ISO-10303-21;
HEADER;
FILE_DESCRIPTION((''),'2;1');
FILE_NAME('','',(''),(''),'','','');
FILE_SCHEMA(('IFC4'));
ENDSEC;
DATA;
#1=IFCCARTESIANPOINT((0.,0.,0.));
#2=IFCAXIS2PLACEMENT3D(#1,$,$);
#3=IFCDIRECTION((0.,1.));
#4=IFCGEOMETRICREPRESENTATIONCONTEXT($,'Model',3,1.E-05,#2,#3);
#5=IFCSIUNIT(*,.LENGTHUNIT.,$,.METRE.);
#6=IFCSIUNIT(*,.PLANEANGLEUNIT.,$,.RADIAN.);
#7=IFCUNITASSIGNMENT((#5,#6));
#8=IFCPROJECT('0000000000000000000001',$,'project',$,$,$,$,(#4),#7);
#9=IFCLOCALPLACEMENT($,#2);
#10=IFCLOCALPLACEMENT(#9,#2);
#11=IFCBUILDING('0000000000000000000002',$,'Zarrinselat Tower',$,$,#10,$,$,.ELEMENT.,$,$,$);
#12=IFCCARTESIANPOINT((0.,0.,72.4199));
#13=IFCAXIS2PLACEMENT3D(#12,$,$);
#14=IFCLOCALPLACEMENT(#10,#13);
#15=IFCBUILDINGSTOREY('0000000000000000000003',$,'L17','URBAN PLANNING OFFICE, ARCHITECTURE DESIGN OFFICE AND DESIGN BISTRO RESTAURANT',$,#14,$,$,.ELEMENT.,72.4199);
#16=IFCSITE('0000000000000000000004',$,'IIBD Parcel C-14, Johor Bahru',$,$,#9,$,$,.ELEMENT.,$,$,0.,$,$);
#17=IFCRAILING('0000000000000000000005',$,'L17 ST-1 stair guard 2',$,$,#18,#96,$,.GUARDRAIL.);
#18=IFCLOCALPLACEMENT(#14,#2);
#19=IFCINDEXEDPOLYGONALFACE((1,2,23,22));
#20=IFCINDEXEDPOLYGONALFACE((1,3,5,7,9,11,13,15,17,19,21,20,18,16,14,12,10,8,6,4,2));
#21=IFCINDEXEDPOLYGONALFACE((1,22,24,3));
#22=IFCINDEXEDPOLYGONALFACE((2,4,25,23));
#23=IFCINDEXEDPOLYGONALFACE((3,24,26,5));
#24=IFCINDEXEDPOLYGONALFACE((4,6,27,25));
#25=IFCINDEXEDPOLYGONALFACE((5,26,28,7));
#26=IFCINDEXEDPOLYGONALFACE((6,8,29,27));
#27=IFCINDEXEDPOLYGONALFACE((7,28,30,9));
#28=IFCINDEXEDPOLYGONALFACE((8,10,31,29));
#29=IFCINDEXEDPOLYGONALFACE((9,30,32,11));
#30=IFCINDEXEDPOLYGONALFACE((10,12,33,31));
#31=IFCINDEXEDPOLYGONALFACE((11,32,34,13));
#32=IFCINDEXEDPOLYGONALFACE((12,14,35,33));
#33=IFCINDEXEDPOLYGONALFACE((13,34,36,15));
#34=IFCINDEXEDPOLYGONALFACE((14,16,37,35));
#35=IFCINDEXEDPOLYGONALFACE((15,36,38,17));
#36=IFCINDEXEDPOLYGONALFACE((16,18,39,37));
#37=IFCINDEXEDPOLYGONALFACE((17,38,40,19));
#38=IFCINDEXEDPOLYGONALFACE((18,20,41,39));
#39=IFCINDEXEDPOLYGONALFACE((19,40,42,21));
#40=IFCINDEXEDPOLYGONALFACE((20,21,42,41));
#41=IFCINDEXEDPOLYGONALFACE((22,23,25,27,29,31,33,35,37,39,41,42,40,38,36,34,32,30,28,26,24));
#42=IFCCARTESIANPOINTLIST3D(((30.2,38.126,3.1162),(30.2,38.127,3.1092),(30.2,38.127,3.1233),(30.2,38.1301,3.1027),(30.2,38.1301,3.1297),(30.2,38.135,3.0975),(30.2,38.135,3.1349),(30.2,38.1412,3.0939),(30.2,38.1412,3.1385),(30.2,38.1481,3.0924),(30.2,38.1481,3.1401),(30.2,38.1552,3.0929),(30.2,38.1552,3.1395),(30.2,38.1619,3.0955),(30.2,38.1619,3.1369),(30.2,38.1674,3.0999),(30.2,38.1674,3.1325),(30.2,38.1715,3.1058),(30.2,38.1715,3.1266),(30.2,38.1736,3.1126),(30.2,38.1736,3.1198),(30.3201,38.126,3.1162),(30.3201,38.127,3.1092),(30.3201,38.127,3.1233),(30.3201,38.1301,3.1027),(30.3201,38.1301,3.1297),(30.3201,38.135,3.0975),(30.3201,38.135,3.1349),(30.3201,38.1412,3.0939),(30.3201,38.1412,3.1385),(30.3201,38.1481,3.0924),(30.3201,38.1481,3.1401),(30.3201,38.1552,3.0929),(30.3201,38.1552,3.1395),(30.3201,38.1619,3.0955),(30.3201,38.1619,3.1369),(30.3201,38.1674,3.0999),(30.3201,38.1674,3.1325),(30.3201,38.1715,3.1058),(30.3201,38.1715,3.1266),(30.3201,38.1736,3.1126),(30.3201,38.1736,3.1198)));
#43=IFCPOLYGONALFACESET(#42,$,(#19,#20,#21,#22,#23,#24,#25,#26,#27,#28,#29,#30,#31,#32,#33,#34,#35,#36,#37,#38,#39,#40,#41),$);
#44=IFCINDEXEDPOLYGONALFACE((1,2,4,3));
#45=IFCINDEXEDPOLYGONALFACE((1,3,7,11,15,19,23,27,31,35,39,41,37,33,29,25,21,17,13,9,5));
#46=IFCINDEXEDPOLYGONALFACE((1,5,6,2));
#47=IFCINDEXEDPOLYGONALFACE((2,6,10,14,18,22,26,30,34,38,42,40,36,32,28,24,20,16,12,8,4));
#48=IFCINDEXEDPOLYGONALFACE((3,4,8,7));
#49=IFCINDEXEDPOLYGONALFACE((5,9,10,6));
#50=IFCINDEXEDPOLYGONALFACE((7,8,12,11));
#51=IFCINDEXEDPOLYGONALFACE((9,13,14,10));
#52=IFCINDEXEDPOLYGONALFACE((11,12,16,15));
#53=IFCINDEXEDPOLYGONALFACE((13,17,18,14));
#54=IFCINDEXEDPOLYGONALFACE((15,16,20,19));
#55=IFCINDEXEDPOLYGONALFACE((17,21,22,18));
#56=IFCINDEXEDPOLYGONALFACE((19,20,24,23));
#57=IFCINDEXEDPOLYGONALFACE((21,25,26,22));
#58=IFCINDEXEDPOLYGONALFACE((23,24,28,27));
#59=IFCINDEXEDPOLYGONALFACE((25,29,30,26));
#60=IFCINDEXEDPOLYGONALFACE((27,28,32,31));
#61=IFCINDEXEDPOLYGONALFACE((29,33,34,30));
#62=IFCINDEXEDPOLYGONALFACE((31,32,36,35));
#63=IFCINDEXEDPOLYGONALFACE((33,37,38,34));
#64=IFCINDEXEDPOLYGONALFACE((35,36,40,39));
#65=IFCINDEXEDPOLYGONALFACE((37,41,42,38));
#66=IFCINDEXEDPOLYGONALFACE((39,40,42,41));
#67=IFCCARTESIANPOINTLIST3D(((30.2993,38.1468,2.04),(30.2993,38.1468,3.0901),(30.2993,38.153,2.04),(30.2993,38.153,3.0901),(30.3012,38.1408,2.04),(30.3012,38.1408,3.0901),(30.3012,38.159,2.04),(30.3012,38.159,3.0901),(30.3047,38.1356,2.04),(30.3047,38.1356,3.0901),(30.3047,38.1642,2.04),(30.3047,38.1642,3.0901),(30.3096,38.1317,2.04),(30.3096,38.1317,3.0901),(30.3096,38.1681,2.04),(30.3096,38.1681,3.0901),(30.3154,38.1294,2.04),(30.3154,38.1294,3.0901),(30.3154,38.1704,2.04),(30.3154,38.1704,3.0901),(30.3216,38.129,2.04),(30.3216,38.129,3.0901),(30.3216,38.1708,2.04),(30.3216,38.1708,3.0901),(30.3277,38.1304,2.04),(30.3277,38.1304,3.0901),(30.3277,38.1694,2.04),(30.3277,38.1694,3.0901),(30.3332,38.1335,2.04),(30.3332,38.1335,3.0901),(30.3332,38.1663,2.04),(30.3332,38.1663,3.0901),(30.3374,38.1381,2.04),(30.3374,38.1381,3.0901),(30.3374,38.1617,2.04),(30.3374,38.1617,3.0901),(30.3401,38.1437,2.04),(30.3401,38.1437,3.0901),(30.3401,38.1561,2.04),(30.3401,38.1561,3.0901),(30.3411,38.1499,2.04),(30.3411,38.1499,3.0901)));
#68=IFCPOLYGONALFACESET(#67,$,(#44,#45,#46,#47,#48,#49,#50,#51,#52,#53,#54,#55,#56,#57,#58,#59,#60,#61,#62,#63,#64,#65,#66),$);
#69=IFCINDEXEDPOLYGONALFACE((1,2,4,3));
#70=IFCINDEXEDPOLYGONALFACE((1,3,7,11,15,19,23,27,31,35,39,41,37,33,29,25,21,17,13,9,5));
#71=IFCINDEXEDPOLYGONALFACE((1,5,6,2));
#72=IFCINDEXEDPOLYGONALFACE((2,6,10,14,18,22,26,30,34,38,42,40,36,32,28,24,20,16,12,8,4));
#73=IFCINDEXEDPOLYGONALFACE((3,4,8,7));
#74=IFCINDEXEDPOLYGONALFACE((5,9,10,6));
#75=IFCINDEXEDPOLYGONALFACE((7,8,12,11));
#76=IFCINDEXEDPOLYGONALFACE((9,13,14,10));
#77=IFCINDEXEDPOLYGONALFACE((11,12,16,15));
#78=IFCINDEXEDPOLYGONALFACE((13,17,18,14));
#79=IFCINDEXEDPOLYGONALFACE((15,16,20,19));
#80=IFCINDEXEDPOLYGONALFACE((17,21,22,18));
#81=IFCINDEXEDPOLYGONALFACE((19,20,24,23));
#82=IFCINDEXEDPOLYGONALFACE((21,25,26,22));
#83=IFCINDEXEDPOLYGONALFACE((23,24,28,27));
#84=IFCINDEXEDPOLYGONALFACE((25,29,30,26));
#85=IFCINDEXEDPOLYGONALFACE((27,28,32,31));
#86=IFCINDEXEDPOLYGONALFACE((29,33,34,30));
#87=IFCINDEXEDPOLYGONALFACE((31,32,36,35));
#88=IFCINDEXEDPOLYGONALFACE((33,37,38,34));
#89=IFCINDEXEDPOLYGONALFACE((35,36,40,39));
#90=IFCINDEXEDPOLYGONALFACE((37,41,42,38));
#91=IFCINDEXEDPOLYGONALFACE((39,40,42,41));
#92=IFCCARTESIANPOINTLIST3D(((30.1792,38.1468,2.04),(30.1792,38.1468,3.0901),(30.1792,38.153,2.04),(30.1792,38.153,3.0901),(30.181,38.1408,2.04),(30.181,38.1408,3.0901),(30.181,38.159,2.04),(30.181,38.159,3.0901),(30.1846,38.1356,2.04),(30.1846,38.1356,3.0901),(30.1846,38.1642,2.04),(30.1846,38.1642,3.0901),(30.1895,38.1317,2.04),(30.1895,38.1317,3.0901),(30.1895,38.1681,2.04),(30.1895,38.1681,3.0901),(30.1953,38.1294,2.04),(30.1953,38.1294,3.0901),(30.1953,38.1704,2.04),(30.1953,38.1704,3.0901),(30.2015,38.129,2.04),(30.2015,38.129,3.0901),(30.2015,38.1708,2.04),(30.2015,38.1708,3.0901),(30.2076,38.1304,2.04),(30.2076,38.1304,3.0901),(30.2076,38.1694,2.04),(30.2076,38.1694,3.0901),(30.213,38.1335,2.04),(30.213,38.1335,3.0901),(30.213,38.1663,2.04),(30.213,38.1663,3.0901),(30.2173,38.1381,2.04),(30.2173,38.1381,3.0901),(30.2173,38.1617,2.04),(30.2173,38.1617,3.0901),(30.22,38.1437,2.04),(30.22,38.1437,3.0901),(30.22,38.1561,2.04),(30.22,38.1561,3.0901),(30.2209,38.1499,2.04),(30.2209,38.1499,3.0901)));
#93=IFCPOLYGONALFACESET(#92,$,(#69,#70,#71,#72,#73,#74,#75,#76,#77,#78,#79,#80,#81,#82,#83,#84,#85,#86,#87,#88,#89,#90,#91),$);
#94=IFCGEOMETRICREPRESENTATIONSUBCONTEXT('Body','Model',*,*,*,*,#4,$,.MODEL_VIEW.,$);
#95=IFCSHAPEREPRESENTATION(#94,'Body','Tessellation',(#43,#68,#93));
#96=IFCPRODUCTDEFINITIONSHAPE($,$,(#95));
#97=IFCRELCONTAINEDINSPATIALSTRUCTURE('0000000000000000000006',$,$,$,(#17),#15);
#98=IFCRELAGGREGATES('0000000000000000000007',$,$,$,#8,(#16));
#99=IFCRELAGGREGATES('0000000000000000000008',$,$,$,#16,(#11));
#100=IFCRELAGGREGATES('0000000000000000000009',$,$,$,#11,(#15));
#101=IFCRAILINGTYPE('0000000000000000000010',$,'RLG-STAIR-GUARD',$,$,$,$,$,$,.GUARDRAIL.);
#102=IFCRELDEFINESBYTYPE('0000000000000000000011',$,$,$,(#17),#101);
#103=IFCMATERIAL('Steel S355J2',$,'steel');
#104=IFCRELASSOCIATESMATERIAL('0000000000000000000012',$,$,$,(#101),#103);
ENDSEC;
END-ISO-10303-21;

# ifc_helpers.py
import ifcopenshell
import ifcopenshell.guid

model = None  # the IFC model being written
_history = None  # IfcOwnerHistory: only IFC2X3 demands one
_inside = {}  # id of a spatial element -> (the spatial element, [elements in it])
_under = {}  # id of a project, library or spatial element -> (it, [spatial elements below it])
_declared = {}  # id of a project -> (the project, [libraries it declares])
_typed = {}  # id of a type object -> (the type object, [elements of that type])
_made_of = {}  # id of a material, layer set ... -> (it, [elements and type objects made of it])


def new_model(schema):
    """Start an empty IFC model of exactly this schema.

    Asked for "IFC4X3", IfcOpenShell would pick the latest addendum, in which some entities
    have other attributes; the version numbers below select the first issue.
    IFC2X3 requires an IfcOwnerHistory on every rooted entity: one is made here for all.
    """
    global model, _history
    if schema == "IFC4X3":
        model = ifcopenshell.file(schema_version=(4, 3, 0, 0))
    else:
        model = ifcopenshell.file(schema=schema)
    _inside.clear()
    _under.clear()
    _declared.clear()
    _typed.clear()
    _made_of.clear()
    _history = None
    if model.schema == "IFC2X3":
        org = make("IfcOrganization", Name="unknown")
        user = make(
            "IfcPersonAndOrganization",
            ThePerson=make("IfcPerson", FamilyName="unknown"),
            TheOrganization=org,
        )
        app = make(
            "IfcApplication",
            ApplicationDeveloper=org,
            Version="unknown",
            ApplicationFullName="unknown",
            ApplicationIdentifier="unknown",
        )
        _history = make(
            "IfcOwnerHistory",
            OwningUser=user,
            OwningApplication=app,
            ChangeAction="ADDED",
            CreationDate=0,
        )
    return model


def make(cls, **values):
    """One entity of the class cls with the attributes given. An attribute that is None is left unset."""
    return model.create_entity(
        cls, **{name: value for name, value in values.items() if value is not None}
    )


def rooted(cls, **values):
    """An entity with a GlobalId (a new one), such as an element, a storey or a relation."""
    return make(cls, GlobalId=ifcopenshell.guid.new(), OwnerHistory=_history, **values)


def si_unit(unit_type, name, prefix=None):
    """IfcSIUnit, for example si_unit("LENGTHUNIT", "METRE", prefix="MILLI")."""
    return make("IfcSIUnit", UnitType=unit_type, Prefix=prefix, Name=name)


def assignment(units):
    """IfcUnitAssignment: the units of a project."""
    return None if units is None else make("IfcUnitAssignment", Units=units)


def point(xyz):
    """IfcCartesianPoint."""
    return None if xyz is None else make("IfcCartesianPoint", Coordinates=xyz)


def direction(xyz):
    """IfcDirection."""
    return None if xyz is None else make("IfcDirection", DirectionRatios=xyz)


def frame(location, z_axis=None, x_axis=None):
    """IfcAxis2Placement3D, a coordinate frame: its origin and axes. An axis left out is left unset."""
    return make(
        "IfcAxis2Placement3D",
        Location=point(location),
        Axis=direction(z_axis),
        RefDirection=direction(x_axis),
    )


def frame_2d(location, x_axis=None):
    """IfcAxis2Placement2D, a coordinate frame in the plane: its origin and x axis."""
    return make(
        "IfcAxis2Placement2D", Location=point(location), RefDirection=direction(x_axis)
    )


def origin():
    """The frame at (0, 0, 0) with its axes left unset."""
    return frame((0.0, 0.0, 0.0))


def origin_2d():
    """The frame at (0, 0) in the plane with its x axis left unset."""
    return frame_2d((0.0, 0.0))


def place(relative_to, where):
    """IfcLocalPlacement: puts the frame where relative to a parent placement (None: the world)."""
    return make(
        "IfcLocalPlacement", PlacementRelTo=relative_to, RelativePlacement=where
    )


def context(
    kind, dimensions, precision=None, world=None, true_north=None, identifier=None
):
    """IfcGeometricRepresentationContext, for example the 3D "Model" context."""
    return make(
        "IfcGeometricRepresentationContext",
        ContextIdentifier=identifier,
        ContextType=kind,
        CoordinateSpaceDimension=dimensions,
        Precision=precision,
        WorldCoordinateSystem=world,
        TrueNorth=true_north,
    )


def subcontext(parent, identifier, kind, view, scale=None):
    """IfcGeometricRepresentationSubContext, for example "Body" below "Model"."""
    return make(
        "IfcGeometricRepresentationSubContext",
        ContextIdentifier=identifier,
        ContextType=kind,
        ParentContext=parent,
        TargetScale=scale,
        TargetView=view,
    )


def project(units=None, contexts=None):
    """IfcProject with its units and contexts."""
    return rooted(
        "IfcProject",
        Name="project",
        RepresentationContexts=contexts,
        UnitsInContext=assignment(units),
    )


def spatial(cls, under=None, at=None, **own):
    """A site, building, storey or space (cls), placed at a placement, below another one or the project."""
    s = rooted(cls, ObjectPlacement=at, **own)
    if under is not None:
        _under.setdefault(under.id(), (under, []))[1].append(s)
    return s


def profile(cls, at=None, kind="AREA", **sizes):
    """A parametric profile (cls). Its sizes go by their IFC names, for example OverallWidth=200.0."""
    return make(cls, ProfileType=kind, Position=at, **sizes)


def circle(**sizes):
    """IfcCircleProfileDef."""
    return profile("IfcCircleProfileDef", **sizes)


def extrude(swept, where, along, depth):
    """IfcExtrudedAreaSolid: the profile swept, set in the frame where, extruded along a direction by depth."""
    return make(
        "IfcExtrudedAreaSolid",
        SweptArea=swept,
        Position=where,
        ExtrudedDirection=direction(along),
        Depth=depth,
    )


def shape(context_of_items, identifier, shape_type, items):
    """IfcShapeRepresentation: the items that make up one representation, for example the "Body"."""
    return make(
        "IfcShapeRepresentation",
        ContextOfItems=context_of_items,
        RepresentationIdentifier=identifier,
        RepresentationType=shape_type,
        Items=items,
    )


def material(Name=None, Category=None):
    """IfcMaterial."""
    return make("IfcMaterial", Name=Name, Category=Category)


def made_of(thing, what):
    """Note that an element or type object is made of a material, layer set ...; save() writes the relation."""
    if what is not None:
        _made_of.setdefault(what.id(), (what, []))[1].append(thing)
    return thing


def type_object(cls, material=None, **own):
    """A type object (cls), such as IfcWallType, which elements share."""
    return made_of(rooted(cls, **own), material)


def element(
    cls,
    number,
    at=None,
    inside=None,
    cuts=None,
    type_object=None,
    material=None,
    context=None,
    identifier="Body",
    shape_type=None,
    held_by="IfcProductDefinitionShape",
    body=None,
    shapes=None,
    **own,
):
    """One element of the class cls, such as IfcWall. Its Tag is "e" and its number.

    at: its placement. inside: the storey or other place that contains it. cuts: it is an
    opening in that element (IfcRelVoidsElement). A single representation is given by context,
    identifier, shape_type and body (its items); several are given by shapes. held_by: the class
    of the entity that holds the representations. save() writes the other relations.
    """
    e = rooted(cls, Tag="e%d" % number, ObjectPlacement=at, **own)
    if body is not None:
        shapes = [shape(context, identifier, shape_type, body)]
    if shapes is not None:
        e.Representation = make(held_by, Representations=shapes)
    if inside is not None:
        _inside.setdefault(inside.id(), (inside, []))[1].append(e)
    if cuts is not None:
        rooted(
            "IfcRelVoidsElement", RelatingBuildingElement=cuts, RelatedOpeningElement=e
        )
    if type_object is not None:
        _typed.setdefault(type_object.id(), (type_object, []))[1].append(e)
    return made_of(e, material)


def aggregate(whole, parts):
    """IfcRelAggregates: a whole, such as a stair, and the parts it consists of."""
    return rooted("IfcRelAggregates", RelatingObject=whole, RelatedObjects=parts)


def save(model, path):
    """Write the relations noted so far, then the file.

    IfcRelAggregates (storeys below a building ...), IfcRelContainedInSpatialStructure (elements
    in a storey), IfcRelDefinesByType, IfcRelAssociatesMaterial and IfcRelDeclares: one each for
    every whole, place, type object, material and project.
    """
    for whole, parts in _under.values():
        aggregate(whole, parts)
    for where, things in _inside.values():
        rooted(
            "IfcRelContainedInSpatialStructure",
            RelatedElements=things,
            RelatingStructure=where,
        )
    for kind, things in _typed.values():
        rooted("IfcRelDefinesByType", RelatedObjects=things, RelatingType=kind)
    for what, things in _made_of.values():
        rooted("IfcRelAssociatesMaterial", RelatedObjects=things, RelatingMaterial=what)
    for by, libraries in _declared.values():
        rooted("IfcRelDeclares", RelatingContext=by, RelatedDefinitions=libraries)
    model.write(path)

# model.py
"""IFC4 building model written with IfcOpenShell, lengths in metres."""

from ifc_helpers import new_model, si_unit, direction, frame, origin, origin_2d, place, context, subcontext, project, spatial, circle, extrude, material, type_object, element, save


model = new_model("IFC4")

# Units and contexts
model_context = context("Model", 3, precision=1e-05, world=origin(), true_north=direction((0.0, 1.0)))
body_context = subcontext(model_context, "Body", "Model", "MODEL_VIEW")
ifc_project = project(units=[si_unit("LENGTHUNIT", "METRE"), si_unit("PLANEANGLEUNIT", "RADIAN")], contexts=[model_context])

# Site, building, storey
site_placement = place(None, origin())
site = spatial("IfcSite", under=ifc_project, at=site_placement, Name="IIBD Parcel C-14, Johor Bahru", CompositionType="ELEMENT", RefElevation=0.0)
building_placement = place(site_placement, origin())
building = spatial("IfcBuilding", under=site, at=building_placement, Name="Zarrinselat Tower", CompositionType="ELEMENT")
storey_placement = place(building_placement, frame((0.0, 0.0, 72.4199)))
storey = spatial("IfcBuildingStorey", under=building, at=storey_placement, Name="L17", Description="URBAN PLANNING OFFICE, ARCHITECTURE DESIGN OFFICE AND DESIGN BISTRO RESTAURANT", CompositionType="ELEMENT", Elevation=72.4199)

# Railing
ifc_material_1 = material(Name="Steel S355J2", Category="steel")
railing_type_1 = type_object("IfcRailingType", Name="RLG-STAIR-GUARD", PredefinedType="GUARDRAIL", material=ifc_material_1)
railing_1_placement = place(storey_placement, frame((30.3201, 38.1499, 2.04)))
element("IfcRailing", 1, at=railing_1_placement, inside=storey, type_object=railing_type_1, Name="L17 ST-1 stair guard 2", PredefinedType="GUARDRAIL", context=body_context, shape_type="SweptSolid", body=[
    extrude(circle(Radius=0.0239, at=origin_2d()), frame((0.0, 0.0, 1.0762), z_axis=(-1.0, 0.0, 0.0), x_axis=(0.0, -1.0, 0.0)), (0.0, 0.0, 1.0), 0.1201),
    extrude(circle(Radius=0.021, at=origin_2d()), origin(), (0.0, 0.0, 1.0), 1.05),
    extrude(circle(Radius=0.021, at=origin_2d()), frame((-0.1201, 0.0, 0.0)), (0.0, 0.0, 1.0), 1.05),
])

save(model, "model.ifc")
